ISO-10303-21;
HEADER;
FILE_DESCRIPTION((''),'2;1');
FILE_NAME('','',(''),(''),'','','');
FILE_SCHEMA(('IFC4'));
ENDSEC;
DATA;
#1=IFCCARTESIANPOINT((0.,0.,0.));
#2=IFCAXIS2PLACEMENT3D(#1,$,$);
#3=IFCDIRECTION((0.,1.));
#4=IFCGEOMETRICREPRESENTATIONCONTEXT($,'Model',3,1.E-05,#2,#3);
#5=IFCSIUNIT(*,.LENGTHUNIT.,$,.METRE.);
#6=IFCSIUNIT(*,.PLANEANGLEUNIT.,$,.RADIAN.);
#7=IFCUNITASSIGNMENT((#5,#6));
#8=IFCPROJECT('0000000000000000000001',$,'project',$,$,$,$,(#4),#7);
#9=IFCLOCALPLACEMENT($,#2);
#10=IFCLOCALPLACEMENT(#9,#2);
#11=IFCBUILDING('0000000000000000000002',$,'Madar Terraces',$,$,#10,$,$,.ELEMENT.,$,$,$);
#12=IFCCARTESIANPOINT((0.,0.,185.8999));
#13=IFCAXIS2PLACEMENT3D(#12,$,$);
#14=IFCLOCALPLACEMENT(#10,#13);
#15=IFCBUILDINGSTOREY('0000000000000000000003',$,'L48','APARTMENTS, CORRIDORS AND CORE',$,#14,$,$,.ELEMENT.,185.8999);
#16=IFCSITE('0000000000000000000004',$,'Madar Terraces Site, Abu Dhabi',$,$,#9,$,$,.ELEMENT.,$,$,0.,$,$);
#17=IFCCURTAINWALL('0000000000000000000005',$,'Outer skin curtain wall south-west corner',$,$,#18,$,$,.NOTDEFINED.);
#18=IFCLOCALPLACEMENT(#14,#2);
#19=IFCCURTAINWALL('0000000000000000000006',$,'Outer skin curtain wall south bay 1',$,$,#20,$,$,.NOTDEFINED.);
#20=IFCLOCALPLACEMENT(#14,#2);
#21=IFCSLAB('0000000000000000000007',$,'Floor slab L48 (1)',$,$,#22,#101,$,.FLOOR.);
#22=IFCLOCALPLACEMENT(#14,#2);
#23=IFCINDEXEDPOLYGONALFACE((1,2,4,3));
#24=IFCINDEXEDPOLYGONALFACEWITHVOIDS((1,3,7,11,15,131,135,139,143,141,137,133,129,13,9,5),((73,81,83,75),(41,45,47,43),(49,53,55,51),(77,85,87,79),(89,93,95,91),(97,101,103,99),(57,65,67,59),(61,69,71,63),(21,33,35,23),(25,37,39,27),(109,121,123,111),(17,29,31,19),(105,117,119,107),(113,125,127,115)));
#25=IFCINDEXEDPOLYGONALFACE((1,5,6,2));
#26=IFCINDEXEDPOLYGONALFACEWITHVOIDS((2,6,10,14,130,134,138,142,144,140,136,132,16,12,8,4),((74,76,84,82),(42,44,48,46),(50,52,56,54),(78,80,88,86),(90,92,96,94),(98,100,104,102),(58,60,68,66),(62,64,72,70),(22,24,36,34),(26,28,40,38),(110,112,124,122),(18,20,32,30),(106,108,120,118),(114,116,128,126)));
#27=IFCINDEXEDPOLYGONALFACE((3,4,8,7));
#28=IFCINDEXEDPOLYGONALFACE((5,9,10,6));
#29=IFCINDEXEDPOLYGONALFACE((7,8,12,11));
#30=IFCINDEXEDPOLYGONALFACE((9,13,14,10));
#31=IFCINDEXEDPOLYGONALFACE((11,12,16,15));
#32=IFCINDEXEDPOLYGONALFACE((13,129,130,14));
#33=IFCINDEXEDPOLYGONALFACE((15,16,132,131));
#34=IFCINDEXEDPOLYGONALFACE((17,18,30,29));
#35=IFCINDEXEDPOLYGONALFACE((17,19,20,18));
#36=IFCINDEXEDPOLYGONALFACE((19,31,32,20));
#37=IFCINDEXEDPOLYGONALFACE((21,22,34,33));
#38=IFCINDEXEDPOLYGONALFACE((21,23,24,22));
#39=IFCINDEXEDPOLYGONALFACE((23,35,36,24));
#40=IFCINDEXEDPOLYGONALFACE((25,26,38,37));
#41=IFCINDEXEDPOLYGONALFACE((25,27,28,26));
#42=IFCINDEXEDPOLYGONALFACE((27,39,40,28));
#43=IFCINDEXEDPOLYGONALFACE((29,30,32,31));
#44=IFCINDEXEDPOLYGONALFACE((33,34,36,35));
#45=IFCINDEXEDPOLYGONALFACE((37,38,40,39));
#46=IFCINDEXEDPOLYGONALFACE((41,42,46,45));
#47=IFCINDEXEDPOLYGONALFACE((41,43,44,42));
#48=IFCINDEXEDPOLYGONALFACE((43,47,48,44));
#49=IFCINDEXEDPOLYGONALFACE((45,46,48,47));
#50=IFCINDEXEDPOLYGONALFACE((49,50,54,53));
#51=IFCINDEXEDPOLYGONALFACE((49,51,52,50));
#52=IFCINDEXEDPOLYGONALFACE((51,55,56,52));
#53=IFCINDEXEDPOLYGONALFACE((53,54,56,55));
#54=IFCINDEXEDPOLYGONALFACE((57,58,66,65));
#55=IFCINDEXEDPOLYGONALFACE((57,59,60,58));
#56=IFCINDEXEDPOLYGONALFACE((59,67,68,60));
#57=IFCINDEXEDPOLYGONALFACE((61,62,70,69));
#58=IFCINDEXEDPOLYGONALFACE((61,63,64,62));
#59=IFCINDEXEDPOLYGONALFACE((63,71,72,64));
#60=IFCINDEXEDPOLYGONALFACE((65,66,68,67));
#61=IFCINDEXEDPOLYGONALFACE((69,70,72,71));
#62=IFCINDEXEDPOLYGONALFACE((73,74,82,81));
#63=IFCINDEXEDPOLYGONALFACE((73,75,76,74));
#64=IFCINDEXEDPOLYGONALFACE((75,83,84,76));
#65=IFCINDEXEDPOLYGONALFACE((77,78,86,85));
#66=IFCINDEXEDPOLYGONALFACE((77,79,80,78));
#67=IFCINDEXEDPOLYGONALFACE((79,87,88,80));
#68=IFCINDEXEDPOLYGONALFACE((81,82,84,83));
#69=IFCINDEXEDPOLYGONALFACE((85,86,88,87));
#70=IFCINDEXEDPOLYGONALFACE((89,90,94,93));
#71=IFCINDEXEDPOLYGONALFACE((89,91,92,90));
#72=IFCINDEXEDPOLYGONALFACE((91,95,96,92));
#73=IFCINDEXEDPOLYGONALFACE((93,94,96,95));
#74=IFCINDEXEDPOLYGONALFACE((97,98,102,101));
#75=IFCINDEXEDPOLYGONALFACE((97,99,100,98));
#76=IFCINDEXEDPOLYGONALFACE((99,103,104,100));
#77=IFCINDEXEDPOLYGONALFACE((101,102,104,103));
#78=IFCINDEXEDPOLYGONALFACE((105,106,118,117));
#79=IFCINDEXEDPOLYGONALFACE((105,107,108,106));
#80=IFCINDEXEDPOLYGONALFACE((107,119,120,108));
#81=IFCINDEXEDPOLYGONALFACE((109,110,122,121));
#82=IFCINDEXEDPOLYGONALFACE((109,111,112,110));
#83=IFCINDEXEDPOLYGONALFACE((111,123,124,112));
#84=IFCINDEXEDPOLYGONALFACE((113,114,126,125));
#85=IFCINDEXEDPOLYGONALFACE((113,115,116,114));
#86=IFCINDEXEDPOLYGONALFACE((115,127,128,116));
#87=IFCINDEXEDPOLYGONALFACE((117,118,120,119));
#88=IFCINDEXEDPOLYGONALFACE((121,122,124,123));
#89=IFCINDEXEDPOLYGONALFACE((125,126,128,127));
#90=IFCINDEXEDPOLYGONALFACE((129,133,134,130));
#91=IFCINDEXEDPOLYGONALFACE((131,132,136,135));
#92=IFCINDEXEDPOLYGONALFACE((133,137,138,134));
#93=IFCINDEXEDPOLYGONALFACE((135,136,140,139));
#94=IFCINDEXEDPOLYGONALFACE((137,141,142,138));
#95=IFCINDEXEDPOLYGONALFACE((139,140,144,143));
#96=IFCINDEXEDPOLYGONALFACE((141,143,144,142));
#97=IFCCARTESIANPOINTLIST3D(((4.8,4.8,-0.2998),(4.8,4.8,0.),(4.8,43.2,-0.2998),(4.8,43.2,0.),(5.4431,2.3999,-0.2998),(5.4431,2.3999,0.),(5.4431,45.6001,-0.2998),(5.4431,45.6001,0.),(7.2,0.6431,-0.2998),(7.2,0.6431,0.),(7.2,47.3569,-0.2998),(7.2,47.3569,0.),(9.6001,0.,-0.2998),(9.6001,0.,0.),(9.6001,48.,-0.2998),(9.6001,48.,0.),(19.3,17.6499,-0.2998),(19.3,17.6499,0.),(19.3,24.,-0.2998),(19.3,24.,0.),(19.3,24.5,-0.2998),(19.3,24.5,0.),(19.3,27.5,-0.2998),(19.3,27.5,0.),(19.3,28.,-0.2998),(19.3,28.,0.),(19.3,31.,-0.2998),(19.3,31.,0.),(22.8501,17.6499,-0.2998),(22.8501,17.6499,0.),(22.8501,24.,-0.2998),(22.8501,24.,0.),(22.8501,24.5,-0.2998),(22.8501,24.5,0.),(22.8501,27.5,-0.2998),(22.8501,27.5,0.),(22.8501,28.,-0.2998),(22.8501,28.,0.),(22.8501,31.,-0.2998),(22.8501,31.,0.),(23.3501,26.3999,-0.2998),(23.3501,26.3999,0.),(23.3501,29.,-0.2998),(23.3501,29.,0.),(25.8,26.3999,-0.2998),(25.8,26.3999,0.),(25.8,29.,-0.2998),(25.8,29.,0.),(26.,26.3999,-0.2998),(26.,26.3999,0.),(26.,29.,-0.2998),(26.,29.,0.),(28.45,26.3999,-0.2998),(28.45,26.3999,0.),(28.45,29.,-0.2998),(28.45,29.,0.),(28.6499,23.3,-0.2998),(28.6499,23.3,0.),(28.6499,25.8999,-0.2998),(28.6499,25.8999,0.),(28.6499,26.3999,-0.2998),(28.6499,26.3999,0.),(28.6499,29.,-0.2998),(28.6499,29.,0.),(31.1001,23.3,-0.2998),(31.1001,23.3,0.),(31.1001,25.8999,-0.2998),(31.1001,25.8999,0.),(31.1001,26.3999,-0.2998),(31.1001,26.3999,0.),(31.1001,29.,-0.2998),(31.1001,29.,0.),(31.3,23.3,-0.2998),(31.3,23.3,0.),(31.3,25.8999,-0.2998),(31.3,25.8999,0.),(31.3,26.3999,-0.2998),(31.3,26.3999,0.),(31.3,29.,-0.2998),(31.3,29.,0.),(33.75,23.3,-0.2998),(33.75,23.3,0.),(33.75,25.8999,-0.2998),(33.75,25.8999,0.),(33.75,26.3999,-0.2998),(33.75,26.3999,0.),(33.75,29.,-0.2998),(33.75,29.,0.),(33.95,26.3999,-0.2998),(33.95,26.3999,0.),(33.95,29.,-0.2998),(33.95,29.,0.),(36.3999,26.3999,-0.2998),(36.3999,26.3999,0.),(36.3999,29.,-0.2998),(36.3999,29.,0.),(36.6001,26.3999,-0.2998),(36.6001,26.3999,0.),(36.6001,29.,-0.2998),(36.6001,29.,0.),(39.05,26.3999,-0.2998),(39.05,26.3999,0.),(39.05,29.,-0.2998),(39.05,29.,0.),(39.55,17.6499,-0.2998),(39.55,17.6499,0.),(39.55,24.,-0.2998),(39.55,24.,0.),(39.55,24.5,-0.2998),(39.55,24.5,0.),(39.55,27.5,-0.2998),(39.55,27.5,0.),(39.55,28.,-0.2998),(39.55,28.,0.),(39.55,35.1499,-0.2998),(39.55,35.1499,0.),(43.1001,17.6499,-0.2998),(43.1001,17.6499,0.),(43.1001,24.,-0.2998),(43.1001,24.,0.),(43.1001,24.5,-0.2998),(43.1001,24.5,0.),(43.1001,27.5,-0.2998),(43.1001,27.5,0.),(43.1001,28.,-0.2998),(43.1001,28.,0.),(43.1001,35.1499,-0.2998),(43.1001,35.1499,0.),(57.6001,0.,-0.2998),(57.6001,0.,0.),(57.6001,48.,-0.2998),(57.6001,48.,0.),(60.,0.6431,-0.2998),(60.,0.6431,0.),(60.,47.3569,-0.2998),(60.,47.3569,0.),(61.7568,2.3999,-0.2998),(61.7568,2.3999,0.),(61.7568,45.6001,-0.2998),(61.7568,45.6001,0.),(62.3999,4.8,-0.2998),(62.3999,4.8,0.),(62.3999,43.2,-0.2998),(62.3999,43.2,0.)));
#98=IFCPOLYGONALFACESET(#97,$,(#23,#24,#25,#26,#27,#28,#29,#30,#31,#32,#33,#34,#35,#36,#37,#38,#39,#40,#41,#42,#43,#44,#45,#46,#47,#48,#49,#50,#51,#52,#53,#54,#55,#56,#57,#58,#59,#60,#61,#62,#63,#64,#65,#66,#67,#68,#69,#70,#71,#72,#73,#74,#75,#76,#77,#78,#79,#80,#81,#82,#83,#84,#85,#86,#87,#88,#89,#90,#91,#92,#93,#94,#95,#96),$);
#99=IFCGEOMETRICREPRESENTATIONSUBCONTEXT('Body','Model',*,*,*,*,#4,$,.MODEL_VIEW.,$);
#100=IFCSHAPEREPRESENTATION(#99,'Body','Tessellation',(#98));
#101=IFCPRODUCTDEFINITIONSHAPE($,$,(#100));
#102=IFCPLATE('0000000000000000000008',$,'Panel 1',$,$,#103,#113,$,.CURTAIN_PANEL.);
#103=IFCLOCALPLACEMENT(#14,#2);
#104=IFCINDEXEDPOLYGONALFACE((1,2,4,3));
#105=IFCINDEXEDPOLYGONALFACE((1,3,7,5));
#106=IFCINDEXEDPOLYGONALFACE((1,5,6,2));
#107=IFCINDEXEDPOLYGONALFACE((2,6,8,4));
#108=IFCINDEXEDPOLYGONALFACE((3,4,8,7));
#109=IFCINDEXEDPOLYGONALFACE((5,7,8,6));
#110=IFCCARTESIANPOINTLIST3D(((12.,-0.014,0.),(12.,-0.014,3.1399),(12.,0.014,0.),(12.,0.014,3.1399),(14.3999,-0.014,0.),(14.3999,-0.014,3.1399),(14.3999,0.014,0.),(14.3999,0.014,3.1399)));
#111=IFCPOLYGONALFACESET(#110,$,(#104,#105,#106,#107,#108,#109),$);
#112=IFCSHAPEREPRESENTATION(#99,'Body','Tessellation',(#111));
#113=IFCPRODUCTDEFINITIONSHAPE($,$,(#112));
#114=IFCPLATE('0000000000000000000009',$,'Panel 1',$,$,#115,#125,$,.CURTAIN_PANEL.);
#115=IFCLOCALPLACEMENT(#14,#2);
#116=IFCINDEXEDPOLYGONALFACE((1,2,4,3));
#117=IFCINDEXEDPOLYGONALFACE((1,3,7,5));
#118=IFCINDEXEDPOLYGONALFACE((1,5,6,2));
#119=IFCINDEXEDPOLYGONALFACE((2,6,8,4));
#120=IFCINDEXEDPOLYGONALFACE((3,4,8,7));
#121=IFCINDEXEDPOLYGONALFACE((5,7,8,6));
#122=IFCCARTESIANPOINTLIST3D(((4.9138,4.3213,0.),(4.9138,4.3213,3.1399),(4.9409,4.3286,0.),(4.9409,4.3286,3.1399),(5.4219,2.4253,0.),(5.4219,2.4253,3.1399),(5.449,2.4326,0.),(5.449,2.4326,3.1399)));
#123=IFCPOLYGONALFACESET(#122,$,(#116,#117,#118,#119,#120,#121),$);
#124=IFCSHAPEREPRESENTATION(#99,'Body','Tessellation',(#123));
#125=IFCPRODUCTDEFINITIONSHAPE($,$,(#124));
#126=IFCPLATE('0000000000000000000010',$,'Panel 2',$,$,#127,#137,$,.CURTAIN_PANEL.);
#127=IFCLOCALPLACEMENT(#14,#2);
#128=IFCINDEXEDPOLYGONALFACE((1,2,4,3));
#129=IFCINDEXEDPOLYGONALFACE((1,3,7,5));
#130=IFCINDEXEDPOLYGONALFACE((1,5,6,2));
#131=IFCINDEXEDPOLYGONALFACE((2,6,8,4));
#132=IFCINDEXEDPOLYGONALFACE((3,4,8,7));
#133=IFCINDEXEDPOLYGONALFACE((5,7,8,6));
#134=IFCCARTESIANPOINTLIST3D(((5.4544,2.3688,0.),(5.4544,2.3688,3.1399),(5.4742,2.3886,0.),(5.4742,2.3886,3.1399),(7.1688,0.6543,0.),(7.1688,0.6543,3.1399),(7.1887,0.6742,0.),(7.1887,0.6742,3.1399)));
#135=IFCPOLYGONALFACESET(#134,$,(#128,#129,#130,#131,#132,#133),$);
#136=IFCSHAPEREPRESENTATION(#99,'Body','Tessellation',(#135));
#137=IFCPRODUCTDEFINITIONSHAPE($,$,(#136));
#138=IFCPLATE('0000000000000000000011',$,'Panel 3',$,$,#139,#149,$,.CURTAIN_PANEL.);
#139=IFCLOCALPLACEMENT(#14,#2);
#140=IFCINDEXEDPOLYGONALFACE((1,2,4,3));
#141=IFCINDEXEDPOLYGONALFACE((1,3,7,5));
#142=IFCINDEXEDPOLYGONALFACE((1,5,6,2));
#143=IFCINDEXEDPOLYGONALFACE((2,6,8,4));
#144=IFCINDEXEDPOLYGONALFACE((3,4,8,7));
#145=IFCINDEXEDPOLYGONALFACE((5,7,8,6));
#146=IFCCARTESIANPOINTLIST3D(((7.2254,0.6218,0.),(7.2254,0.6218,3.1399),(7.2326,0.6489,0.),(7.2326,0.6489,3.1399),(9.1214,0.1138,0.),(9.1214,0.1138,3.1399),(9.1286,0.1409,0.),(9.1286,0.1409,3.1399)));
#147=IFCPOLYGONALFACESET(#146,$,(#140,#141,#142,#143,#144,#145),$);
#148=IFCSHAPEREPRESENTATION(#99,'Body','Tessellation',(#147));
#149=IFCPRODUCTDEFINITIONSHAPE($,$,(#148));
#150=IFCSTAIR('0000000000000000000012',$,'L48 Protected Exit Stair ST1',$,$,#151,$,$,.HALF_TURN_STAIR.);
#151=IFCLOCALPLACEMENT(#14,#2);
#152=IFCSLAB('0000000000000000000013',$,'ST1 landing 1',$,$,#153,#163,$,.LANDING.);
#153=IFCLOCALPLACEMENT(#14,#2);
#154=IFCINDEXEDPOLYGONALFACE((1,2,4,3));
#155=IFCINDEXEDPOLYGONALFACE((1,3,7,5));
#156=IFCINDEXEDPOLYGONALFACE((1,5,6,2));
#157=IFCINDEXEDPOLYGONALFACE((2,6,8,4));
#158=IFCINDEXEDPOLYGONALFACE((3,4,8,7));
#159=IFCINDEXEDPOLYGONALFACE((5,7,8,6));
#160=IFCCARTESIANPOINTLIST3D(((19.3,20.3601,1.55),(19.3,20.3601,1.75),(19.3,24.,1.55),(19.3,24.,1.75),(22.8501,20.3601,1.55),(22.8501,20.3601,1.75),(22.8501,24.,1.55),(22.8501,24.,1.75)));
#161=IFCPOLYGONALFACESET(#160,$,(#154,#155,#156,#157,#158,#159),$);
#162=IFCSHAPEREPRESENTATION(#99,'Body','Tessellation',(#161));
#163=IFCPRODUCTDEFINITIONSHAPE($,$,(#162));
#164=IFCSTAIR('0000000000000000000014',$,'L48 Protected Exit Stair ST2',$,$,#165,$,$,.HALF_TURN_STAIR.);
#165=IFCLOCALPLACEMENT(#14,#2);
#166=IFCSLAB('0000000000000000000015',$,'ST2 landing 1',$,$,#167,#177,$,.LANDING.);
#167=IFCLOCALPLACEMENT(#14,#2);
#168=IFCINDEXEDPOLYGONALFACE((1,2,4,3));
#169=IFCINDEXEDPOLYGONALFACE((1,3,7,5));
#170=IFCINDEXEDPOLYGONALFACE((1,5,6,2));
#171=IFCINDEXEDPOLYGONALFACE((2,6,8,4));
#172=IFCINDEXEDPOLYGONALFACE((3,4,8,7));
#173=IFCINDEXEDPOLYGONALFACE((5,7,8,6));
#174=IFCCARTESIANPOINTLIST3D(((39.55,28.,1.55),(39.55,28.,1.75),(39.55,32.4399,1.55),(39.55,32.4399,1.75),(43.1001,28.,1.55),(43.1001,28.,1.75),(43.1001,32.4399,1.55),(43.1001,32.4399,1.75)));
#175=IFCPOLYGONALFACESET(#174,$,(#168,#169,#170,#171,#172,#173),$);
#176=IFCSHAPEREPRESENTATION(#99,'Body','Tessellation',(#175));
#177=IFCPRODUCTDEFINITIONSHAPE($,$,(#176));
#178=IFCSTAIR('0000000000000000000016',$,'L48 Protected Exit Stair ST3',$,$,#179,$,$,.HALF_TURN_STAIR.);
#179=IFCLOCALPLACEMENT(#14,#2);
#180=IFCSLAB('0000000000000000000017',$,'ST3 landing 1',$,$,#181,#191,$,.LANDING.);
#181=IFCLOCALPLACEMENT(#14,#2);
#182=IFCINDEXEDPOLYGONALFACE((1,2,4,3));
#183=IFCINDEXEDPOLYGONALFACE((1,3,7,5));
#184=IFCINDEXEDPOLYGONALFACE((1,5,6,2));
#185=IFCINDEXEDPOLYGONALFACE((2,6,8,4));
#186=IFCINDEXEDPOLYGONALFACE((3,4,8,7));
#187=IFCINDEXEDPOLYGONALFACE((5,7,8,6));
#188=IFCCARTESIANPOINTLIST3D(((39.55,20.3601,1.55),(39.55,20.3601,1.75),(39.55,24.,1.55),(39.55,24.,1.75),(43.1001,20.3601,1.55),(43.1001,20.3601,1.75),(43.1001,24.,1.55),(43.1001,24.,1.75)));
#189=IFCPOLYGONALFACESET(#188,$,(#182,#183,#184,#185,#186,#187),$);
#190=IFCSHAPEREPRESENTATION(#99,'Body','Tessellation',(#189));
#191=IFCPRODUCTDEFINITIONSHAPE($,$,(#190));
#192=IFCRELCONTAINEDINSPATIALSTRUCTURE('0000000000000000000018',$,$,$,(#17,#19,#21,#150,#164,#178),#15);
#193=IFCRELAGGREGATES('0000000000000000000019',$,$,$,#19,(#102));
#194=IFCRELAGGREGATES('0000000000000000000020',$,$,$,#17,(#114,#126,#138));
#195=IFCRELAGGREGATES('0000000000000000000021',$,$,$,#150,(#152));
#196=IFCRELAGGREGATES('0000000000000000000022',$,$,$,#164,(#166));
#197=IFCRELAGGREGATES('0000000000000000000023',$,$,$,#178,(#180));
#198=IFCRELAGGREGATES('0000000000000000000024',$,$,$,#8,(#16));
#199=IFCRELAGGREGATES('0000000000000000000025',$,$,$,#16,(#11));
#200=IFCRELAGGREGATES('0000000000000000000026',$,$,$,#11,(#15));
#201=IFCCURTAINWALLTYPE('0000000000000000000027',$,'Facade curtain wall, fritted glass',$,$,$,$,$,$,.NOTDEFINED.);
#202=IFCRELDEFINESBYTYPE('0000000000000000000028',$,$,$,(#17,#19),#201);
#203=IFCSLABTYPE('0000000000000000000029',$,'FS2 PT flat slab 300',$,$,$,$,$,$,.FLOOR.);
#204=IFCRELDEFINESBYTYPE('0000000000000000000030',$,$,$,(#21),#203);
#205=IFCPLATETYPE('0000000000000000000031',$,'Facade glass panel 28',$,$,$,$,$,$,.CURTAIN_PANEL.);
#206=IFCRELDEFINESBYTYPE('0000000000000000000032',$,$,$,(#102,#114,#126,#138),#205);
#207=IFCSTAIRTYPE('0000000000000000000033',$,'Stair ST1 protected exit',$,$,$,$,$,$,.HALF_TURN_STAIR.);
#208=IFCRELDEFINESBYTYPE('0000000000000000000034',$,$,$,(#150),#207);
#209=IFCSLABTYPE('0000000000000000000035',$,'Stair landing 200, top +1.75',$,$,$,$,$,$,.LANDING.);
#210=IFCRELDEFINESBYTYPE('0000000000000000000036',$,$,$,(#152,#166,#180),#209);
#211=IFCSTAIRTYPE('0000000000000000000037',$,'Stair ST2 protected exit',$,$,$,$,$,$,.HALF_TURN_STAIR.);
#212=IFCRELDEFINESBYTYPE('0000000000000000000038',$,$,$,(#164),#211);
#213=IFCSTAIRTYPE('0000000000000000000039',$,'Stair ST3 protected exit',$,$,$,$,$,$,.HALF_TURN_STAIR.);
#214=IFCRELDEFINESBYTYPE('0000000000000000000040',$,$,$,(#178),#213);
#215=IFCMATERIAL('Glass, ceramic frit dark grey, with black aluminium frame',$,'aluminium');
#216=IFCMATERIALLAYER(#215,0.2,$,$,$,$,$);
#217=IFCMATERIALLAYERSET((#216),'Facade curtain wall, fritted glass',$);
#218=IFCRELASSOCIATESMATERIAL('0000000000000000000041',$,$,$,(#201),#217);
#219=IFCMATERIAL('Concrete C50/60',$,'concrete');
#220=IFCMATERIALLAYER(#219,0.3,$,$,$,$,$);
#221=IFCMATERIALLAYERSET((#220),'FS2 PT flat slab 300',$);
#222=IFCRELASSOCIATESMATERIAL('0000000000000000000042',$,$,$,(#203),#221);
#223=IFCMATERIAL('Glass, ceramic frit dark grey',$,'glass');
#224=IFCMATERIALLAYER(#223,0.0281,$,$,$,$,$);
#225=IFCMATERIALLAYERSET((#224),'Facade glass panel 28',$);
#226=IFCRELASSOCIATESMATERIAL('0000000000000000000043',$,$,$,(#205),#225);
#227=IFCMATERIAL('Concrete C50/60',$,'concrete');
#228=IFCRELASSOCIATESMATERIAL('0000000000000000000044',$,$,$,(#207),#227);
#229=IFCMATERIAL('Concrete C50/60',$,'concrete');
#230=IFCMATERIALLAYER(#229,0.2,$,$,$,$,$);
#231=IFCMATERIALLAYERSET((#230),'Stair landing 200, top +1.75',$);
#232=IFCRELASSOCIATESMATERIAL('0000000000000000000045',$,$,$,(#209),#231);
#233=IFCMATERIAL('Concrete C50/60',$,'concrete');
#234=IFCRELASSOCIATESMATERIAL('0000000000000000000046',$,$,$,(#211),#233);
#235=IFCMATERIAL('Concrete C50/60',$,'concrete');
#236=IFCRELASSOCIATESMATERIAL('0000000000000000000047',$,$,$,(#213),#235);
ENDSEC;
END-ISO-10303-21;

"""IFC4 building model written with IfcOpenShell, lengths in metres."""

from ifc_helpers import new_model, si_unit, direction, frame, origin, origin_2d, place, context, subcontext, project, spatial, polyline, rectangle, outline, extrude, material, layer, layer_set, type_object, element, aggregate, save


model = new_model("IFC4")

# Units and contexts
model_context = context("Model", 3, precision=1e-05, world=origin(), true_north=direction((0.0, 1.0)))
body_context = subcontext(model_context, "Body", "Model", "MODEL_VIEW")
ifc_project = project(units=[si_unit("LENGTHUNIT", "METRE"), si_unit("PLANEANGLEUNIT", "RADIAN")], contexts=[model_context])

# Site, building, storey
site_placement = place(None, origin())
site = spatial("IfcSite", under=ifc_project, at=site_placement, Name="Madar Terraces Site, Abu Dhabi", CompositionType="ELEMENT", RefElevation=0.0)
building_placement = place(site_placement, origin())
building = spatial("IfcBuilding", under=site, at=building_placement, Name="Madar Terraces", CompositionType="ELEMENT")
storey_placement = place(building_placement, frame((0.0, 0.0, 185.8999)))
storey = spatial("IfcBuildingStorey", under=building, at=storey_placement, Name="L48", Description="APARTMENTS, CORRIDORS AND CORE", CompositionType="ELEMENT", Elevation=185.8999)

# Curtain wall
ifc_material_1 = material(Name="Glass, ceramic frit dark grey, with black aluminium frame", Category="aluminium")
ifc_layer_1 = layer(ifc_material_1, 0.2)
ifc_layer_set_1 = layer_set([ifc_layer_1], Name="Facade curtain wall, fritted glass")
curtain_wall_type = type_object("IfcCurtainWallType", Name="Facade curtain wall, fritted glass", PredefinedType="NOTDEFINED", material=ifc_layer_set_1)
curtain_wall_1_placement = place(storey_placement, origin())
curtain_wall_1 = element("IfcCurtainWall", 1, at=curtain_wall_1_placement, inside=storey, type_object=curtain_wall_type, Name="Outer skin curtain wall south-west corner", PredefinedType="NOTDEFINED")

# Curtain wall
curtain_wall_2_placement = place(storey_placement, origin())
curtain_wall_2 = element("IfcCurtainWall", 2, at=curtain_wall_2_placement, inside=storey, type_object=curtain_wall_type, Name="Outer skin curtain wall south bay 1", PredefinedType="NOTDEFINED")

# Slab
ifc_material_2 = material(Name="Concrete C50/60", Category="concrete")
ifc_layer_2 = layer(ifc_material_2, 0.3)
ifc_layer_set_2 = layer_set([ifc_layer_2], Name="FS2 PT flat slab 300")
slab_type_1 = type_object("IfcSlabType", Name="FS2 PT flat slab 300", PredefinedType="FLOOR", material=ifc_layer_set_2)
slab_1_placement = place(storey_placement, frame((0.0, 0.0, -0.2998)))
element("IfcSlab", 3, at=slab_1_placement, inside=storey, type_object=slab_type_1, Name="Floor slab L48 (1)", PredefinedType="FLOOR", context=body_context, shape_type="SweptSolid", body=[
    extrude(outline(polyline([(57.6001, 0.0), (60.0, 0.6431), (61.7568, 2.3999), (62.3999, 4.8), (62.3999, 43.2), (61.7568, 45.6001), (60.0, 47.3569), (57.6001, 48.0), (9.6001, 48.0), (7.2, 47.3569), (5.4431, 45.6001), (4.8, 43.2), (4.8, 4.8), (5.4431, 2.3999), (7.2, 0.6431), (9.6001, 0.0), (57.6001, 0.0)]), holes=[polyline([(22.8501, 17.6499), (19.3, 17.6499), (19.3, 24.0), (22.8501, 24.0), (22.8501, 17.6499)]), polyline([(28.6499, 23.3), (28.6499, 25.8999), (31.1001, 25.8999), (31.1001, 23.3), (28.6499, 23.3)]), polyline([(19.3, 24.5), (19.3, 27.5), (22.8501, 27.5), (22.8501, 24.5), (19.3, 24.5)]), polyline([(23.3501, 26.3999), (23.3501, 29.0), (25.8, 29.0), (25.8, 26.3999), (23.3501, 26.3999)]), polyline([(26.0, 26.3999), (26.0, 29.0), (28.45, 29.0), (28.45, 26.3999), (26.0, 26.3999)]), polyline([(28.6499, 26.3999), (28.6499, 29.0), (31.1001, 29.0), (31.1001, 26.3999), (28.6499, 26.3999)]), polyline([(19.3, 28.0), (19.3, 31.0), (22.8501, 31.0), (22.8501, 28.0), (19.3, 28.0)]), polyline([(43.1001, 17.6499), (39.55, 17.6499), (39.55, 24.0), (43.1001, 24.0), (43.1001, 17.6499)]), polyline([(31.3, 23.3), (31.3, 25.8999), (33.75, 25.8999), (33.75, 23.3), (31.3, 23.3)]), polyline([(39.55, 24.5), (39.55, 27.5), (43.1001, 27.5), (43.1001, 24.5), (39.55, 24.5)]), polyline([(31.3, 26.3999), (31.3, 29.0), (33.75, 29.0), (33.75, 26.3999), (31.3, 26.3999)]), polyline([(33.95, 26.3999), (33.95, 29.0), (36.3999, 29.0), (36.3999, 26.3999), (33.95, 26.3999)]), polyline([(36.6001, 26.3999), (36.6001, 29.0), (39.05, 29.0), (39.05, 26.3999), (36.6001, 26.3999)]), polyline([(39.55, 28.0), (39.55, 35.1499), (43.1001, 35.1499), (43.1001, 28.0), (39.55, 28.0)])]), origin(), (0.0, 0.0, 1.0), 0.2998),
])

# Plates
ifc_material_3 = material(Name="Glass, ceramic frit dark grey", Category="glass")
ifc_layer_3 = layer(ifc_material_3, 0.0281)
ifc_layer_set_3 = layer_set([ifc_layer_3], Name="Facade glass panel 28")
plate_type = type_object("IfcPlateType", Name="Facade glass panel 28", PredefinedType="CURTAIN_PANEL", material=ifc_layer_set_3)
plate_1_placement = place(storey_placement, frame((13.2, 0.0, 0.0), z_axis=(0.0, 0.0, 1.0), x_axis=(1.0, 0.0, 0.0)))
plate_1 = element("IfcPlate", 4, at=plate_1_placement, type_object=plate_type, Name="Panel 1", PredefinedType="CURTAIN_PANEL", context=body_context, shape_type="SweptSolid", body=[
    extrude(rectangle(XDim=2.3999, YDim=0.0281, at=origin_2d()), origin(), (0.0, 0.0, 1.0), 3.1399),
])
aggregate(curtain_wall_2, [plate_1])
plate_2_placement = place(storey_placement, frame((5.1814, 3.377, 0.0), z_axis=(0.0, 0.0, 1.0), x_axis=(0.258819, -0.965926, 0.0)))
plate_2 = element("IfcPlate", 5, at=plate_2_placement, type_object=plate_type, Name="Panel 1", PredefinedType="CURTAIN_PANEL", context=body_context, shape_type="SweptSolid", body=[
    extrude(rectangle(XDim=1.9629, YDim=0.0281, at=origin_2d()), origin(), (0.0, 0.0, 1.0), 3.1399),
])
plate_3_placement = place(storey_placement, frame((6.3215, 1.5215, 0.0), z_axis=(0.0, 0.0, 1.0), x_axis=(0.707107, -0.707107, 0.0)))
plate_3 = element("IfcPlate", 6, at=plate_3_placement, type_object=plate_type, Name="Panel 2", PredefinedType="CURTAIN_PANEL", context=body_context, shape_type="SweptSolid", body=[
    extrude(rectangle(XDim=2.4246, YDim=0.0281, at=origin_2d()), origin(), (0.0, 0.0, 1.0), 3.1399),
])
plate_4_placement = place(storey_placement, frame((8.177, 0.3813, 0.0), z_axis=(0.0, 0.0, 1.0), x_axis=(0.965926, -0.258819, 0.0)))
plate_4 = element("IfcPlate", 7, at=plate_4_placement, type_object=plate_type, Name="Panel 3", PredefinedType="CURTAIN_PANEL", context=body_context, shape_type="SweptSolid", body=[
    extrude(rectangle(XDim=1.9629, YDim=0.0281, at=origin_2d()), origin(), (0.0, 0.0, 1.0), 3.1399),
])
aggregate(curtain_wall_1, [plate_2, plate_3, plate_4])

# Stairs, slabs
ifc_material_4 = material(Name="Concrete C50/60", Category="concrete")
stair_type_1 = type_object("IfcStairType", Name="Stair ST1 protected exit", PredefinedType="HALF_TURN_STAIR", material=ifc_material_4)
stair_1_placement = place(storey_placement, origin())
stair_1 = element("IfcStair", 8, at=stair_1_placement, inside=storey, type_object=stair_type_1, Name="L48 Protected Exit Stair ST1", PredefinedType="HALF_TURN_STAIR")
ifc_material_5 = material(Name="Concrete C50/60", Category="concrete")
ifc_layer_4 = layer(ifc_material_5, 0.2)
ifc_layer_set_4 = layer_set([ifc_layer_4], Name="Stair landing 200, top +1.75")
slab_type_2 = type_object("IfcSlabType", Name="Stair landing 200, top +1.75", PredefinedType="LANDING", material=ifc_layer_set_4)
slab_2_placement = place(storey_placement, frame((0.0, 0.0, 1.55)))
slab_2 = element("IfcSlab", 9, at=slab_2_placement, type_object=slab_type_2, Name="ST1 landing 1", PredefinedType="LANDING", context=body_context, shape_type="SweptSolid", body=[
    extrude(outline(polyline([(19.3, 20.3601), (22.8501, 20.3601), (22.8501, 24.0), (19.3, 24.0), (19.3, 20.3601)])), origin(), (0.0, 0.0, 1.0), 0.2),
])
aggregate(stair_1, [slab_2])
ifc_material_6 = material(Name="Concrete C50/60", Category="concrete")
stair_type_2 = type_object("IfcStairType", Name="Stair ST2 protected exit", PredefinedType="HALF_TURN_STAIR", material=ifc_material_6)
stair_2_placement = place(storey_placement, origin())
stair_2 = element("IfcStair", 10, at=stair_2_placement, inside=storey, type_object=stair_type_2, Name="L48 Protected Exit Stair ST2", PredefinedType="HALF_TURN_STAIR")
slab_3_placement = place(storey_placement, frame((0.0, 0.0, 1.55)))
slab_3 = element("IfcSlab", 11, at=slab_3_placement, type_object=slab_type_2, Name="ST2 landing 1", PredefinedType="LANDING", context=body_context, shape_type="SweptSolid", body=[
    extrude(outline(polyline([(39.55, 28.0), (43.1001, 28.0), (43.1001, 32.4399), (39.55, 32.4399), (39.55, 28.0)])), origin(), (0.0, 0.0, 1.0), 0.2),
])
aggregate(stair_2, [slab_3])
ifc_material_7 = material(Name="Concrete C50/60", Category="concrete")
stair_type_3 = type_object("IfcStairType", Name="Stair ST3 protected exit", PredefinedType="HALF_TURN_STAIR", material=ifc_material_7)
stair_3_placement = place(storey_placement, origin())
stair_3 = element("IfcStair", 12, at=stair_3_placement, inside=storey, type_object=stair_type_3, Name="L48 Protected Exit Stair ST3", PredefinedType="HALF_TURN_STAIR")
slab_4_placement = place(storey_placement, frame((0.0, 0.0, 1.55)))
slab_4 = element("IfcSlab", 13, at=slab_4_placement, type_object=slab_type_2, Name="ST3 landing 1", PredefinedType="LANDING", context=body_context, shape_type="SweptSolid", body=[
    extrude(outline(polyline([(39.55, 20.3601), (43.1001, 20.3601), (43.1001, 24.0), (39.55, 24.0), (39.55, 20.3601)])), origin(), (0.0, 0.0, 1.0), 0.2),
])
aggregate(stair_3, [slab_4])

save(model, "model.ifc")
